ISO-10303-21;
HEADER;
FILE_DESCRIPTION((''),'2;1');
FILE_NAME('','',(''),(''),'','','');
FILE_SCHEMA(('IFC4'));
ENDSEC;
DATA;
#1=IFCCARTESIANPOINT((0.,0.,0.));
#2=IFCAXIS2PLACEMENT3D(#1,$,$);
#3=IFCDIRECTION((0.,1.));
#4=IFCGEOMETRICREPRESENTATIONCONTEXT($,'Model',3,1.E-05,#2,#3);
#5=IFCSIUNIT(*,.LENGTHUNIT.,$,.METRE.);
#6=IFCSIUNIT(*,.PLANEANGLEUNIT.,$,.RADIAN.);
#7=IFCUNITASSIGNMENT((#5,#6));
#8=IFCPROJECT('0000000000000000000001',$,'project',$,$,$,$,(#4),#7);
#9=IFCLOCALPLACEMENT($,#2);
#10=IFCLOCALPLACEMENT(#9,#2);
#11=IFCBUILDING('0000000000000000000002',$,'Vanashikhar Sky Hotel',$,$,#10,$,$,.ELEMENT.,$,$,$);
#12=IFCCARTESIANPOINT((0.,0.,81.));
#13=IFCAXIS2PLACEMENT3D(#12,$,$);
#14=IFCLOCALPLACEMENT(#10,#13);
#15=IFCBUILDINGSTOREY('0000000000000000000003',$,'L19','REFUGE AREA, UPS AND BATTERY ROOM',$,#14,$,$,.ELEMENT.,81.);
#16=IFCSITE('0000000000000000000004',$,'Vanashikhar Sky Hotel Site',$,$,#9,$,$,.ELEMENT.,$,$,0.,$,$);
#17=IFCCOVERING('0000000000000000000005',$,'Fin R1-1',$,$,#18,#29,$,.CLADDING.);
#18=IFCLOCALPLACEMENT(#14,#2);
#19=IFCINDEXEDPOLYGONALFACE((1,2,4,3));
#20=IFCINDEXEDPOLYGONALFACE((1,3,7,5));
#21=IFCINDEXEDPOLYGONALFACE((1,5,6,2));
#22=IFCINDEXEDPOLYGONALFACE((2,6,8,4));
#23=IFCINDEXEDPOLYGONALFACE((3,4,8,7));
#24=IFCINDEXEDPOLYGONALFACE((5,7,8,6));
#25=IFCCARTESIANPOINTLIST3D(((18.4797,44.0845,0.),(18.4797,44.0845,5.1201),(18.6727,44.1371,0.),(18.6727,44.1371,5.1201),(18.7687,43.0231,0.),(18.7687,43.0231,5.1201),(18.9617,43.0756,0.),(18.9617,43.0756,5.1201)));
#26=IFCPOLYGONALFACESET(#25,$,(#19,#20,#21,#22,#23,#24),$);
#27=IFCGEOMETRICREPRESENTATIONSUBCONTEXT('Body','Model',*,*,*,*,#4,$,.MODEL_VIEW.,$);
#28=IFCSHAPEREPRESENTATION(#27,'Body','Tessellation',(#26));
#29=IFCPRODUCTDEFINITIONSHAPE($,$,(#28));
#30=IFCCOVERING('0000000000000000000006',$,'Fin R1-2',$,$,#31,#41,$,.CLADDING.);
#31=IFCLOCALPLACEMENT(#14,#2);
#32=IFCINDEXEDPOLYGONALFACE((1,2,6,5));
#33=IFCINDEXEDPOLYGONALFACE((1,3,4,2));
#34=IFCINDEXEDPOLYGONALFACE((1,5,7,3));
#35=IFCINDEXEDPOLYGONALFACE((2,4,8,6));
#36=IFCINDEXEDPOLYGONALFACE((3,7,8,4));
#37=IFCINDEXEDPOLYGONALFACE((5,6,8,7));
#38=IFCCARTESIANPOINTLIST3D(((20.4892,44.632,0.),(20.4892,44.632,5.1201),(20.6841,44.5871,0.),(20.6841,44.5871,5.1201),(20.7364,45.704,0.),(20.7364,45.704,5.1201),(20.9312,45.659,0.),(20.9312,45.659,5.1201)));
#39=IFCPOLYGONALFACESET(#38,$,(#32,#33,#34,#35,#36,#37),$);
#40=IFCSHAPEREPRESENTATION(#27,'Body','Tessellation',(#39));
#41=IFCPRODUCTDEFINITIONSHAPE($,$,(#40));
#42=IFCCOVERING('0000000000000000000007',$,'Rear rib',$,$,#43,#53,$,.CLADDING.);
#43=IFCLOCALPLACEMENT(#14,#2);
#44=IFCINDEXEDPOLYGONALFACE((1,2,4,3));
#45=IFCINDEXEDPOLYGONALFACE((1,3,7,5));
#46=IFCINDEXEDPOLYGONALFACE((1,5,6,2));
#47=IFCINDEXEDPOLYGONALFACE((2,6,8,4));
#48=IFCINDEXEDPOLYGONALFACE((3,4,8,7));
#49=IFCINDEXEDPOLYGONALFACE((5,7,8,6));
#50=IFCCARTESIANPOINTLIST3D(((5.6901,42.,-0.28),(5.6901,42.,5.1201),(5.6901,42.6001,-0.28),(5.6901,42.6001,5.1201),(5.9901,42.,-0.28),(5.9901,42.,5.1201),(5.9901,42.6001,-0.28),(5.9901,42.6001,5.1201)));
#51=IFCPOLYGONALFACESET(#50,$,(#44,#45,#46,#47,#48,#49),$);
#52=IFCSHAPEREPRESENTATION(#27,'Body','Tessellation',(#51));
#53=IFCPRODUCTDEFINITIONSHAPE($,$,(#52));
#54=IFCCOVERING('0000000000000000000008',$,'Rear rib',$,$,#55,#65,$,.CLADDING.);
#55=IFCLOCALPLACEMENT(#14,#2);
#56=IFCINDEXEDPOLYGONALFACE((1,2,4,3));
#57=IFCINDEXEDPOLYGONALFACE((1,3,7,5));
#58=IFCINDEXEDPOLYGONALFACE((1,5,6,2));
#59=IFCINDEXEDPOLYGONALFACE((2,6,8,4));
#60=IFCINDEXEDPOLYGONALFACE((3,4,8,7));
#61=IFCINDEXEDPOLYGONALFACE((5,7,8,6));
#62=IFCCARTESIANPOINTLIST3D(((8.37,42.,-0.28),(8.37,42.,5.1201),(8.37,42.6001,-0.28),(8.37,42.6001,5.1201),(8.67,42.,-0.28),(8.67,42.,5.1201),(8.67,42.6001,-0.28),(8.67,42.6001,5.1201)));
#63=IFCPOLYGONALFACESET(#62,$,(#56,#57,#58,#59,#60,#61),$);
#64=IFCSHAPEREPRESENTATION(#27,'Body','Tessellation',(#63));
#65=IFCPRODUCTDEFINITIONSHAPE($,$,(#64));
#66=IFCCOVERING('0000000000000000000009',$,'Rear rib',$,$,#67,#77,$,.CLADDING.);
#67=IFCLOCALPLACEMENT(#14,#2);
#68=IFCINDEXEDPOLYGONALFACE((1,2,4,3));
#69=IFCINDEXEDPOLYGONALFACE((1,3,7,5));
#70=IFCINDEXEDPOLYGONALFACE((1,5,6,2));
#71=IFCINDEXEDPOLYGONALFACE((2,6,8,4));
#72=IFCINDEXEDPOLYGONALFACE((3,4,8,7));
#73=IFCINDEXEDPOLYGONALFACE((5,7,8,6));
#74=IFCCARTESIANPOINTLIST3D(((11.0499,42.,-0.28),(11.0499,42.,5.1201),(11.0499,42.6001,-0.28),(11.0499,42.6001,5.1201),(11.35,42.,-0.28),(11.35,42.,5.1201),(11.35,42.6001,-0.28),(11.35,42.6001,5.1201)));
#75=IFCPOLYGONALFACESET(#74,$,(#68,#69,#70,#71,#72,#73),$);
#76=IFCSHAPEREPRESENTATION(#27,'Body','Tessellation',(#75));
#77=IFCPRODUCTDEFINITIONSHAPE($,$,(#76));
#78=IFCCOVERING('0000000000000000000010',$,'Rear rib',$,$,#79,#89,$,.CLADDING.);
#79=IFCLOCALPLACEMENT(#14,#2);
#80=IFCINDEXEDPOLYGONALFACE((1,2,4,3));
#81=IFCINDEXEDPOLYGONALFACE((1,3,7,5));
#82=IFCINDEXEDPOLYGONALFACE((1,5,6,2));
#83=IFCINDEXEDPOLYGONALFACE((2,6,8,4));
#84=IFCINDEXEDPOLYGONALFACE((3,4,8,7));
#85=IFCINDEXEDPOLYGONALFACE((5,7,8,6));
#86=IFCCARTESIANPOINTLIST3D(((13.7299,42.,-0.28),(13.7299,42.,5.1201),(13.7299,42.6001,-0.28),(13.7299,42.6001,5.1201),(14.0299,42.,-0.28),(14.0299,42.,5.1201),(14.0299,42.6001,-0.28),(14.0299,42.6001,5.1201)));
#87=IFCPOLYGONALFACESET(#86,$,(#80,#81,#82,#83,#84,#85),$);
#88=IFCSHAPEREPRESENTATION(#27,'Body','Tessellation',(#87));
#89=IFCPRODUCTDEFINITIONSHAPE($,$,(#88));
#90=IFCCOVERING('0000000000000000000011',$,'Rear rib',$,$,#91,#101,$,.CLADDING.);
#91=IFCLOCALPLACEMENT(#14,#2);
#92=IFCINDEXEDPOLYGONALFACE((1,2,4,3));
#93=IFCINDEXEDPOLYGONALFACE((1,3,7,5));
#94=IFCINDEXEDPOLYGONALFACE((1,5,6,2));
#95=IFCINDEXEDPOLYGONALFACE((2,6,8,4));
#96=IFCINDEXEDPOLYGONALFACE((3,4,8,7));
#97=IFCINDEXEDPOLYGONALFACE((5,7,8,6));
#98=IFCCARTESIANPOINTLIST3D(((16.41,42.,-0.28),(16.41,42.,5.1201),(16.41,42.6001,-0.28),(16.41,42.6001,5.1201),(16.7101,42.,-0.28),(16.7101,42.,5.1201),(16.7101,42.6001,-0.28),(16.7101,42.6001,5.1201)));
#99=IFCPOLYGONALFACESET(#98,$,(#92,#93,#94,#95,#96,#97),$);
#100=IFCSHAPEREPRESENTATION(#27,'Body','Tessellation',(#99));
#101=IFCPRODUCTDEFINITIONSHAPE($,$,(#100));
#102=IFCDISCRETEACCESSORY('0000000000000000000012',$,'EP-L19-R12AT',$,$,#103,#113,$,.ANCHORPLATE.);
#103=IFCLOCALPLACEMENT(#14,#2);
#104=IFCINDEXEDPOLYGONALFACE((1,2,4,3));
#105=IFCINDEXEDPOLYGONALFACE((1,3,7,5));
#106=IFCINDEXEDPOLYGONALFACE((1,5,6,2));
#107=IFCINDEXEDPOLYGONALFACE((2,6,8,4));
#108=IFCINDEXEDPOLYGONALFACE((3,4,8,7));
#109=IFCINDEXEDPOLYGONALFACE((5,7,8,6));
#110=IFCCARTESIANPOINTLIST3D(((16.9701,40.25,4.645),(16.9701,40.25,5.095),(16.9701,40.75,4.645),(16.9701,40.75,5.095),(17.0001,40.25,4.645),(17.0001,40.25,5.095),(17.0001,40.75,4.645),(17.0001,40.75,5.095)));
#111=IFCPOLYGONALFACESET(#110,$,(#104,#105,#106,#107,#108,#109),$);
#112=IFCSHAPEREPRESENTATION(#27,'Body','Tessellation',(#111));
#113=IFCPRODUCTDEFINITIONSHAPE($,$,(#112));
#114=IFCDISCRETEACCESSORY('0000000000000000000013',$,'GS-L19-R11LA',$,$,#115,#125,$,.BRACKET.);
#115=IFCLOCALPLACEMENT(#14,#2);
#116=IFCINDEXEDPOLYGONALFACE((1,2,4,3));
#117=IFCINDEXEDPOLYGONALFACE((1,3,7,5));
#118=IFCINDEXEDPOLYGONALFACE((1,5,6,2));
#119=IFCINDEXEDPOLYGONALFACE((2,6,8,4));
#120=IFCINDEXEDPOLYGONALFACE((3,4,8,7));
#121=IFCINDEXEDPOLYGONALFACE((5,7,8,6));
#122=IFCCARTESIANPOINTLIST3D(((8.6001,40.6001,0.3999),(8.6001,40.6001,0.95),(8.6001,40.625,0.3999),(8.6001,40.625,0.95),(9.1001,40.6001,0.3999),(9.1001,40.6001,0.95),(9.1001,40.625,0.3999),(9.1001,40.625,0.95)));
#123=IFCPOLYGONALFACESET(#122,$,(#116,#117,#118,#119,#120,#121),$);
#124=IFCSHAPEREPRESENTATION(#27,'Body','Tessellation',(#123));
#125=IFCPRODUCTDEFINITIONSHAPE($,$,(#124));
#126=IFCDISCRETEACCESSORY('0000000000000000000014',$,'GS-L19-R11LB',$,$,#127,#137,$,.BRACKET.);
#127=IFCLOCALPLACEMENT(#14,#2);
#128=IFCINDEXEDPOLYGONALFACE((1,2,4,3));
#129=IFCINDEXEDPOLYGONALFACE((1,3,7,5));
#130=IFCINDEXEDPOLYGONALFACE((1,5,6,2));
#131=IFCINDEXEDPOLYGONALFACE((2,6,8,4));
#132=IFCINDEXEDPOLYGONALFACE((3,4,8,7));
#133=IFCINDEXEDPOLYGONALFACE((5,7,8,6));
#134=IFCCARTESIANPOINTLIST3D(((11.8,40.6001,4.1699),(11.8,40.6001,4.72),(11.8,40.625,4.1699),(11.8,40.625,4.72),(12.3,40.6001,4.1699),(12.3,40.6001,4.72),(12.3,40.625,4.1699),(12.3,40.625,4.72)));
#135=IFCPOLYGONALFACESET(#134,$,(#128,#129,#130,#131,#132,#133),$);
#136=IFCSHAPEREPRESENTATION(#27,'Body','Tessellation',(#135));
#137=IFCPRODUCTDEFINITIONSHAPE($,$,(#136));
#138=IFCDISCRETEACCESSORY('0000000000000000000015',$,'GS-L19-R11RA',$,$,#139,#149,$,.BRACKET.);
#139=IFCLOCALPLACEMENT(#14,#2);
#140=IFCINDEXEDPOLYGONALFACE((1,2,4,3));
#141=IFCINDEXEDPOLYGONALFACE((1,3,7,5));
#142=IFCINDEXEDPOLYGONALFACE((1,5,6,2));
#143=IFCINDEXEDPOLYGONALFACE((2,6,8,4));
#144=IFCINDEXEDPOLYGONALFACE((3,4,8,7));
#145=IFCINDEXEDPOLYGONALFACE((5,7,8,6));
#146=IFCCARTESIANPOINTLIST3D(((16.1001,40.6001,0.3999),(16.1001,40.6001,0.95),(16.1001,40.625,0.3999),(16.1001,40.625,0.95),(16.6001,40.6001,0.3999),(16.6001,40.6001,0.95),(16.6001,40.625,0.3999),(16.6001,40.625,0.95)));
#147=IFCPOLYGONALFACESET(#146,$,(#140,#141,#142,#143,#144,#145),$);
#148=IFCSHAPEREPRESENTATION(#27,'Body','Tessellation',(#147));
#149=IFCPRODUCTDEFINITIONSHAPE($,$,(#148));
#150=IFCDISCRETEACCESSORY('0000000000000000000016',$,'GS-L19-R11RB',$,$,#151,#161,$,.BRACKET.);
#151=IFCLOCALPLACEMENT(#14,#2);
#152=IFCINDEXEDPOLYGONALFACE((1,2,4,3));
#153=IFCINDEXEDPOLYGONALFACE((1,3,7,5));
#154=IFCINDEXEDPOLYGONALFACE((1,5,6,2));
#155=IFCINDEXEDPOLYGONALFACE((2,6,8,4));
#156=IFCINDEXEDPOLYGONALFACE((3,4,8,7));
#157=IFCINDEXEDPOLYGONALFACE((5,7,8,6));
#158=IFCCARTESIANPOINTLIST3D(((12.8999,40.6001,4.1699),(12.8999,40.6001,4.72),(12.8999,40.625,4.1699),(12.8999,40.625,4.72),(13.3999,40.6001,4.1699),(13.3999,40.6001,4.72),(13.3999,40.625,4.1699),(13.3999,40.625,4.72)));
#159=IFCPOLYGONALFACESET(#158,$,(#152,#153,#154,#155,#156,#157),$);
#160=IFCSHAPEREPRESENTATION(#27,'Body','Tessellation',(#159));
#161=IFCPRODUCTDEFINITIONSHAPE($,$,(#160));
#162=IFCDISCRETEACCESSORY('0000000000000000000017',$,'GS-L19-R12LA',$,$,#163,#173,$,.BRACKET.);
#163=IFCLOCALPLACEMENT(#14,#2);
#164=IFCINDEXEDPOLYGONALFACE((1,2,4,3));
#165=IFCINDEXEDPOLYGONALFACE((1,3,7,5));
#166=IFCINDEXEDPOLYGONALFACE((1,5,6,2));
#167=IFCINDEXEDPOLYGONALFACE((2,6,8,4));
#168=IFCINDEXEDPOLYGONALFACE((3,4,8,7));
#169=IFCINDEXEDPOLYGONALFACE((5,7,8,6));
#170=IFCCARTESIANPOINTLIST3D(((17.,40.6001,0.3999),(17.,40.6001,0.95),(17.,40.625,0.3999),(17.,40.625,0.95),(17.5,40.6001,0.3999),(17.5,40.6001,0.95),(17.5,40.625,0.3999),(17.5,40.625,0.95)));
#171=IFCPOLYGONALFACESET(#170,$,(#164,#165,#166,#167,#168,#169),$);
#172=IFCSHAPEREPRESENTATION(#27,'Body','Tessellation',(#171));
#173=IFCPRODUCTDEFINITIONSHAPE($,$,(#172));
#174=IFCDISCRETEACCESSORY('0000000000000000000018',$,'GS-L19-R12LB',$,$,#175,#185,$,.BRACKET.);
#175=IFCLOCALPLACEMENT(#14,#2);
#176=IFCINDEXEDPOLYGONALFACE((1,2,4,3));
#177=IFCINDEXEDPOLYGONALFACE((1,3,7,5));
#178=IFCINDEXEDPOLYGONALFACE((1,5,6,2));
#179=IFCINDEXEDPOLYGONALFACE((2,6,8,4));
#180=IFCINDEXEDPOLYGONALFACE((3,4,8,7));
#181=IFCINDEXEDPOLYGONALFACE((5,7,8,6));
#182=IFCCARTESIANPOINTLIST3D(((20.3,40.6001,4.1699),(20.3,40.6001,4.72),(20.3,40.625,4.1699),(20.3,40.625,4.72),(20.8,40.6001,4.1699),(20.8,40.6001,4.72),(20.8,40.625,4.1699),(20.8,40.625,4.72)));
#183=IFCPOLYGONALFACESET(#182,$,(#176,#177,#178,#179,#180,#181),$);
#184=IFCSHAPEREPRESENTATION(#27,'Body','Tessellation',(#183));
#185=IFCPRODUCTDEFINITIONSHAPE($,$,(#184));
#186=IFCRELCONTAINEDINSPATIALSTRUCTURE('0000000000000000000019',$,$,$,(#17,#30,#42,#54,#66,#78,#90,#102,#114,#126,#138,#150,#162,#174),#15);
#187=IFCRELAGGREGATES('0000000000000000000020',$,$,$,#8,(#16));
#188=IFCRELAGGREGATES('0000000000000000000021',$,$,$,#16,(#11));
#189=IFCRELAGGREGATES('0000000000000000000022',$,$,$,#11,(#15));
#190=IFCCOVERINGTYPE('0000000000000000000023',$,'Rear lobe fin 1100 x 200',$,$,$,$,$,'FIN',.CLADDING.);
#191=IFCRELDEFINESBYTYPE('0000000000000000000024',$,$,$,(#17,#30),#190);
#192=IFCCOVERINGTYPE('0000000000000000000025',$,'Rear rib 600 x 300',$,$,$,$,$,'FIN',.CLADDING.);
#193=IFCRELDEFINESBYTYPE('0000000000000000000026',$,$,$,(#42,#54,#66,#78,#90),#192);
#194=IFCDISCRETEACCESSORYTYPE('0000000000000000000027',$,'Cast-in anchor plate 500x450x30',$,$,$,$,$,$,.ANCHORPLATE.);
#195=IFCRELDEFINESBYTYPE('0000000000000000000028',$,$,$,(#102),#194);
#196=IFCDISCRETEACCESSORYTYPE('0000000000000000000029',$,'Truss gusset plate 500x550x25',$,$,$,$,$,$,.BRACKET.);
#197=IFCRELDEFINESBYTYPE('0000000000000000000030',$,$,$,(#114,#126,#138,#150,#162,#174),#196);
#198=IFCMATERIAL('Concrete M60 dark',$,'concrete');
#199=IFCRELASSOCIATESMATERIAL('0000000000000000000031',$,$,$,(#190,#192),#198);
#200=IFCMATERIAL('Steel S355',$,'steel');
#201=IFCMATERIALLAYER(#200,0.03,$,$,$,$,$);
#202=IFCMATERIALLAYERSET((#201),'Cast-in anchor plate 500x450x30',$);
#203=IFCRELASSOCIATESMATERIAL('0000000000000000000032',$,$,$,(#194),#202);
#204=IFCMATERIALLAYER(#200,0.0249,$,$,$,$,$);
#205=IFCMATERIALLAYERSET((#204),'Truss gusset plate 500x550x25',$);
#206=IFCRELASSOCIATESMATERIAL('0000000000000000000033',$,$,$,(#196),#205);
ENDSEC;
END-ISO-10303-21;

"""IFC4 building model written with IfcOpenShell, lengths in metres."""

from ifc_helpers import new_model, si_unit, direction, frame, origin, origin_2d, place, context, subcontext, project, spatial, rectangle, extrude, source, transform, mapped, material, layer, layer_set, material_profile, profile_set, type_object, element, save


model = new_model("IFC4")

# Units and contexts
model_context = context("Model", 3, precision=1e-05, world=origin(), true_north=direction((0.0, 1.0)))
body_context = subcontext(model_context, "Body", "Model", "MODEL_VIEW")
ifc_project = project(units=[si_unit("LENGTHUNIT", "METRE"), si_unit("PLANEANGLEUNIT", "RADIAN")], contexts=[model_context])

# Site, building, storey
site_placement = place(None, origin())
site = spatial("IfcSite", under=ifc_project, at=site_placement, Name="Vanashikhar Sky Hotel Site", CompositionType="ELEMENT", RefElevation=0.0)
building_placement = place(site_placement, origin())
building = spatial("IfcBuilding", under=site, at=building_placement, Name="Vanashikhar Sky Hotel", CompositionType="ELEMENT")
storey_placement = place(building_placement, frame((0.0, 0.0, 81.0)))
storey = spatial("IfcBuildingStorey", under=building, at=storey_placement, Name="L19", Description="REFUGE AREA, UPS AND BATTERY ROOM", CompositionType="ELEMENT", Elevation=81.0)

# Shared definitions
ifc_material_1 = material(Name="Steel S355", Category="steel")

# Coverings
ifc_material_2 = material(Name="Concrete M60 dark", Category="concrete")
ifc_material_profile_1 = material_profile(ifc_material_2, rectangle(XDim=1.1001, YDim=0.2, at=origin_2d()))
ifc_profile_set_1 = profile_set([ifc_material_profile_1], Name="Rear lobe fin 1100 x 200")
covering_type_1 = type_object("IfcCoveringType", Name="Rear lobe fin 1100 x 200", ElementType="FIN", PredefinedType="CLADDING", material=ifc_profile_set_1)
shared_shape_1 = source(origin(), body_context, "Body", "SweptSolid", [
    extrude(rectangle(XDim=1.1001, YDim=0.2, at=origin_2d()), origin(), (0.0, 0.0, 1.0), 5.1201),
])
for number, where, z_axis, x_axis, name in (
    (1, (18.7207, 43.5801, 0.0), (0.0, 0.0, 1.0), (-0.262711, 0.964874, 0.0), "Fin R1-1"),
    (2, (20.7102, 45.1455, 0.0), (0.0, 0.0, 1.0), (0.224645, 0.974441, 0.0), "Fin R1-2"),
):
    element("IfcCovering", number, at=place(storey_placement, frame(where, z_axis=z_axis, x_axis=x_axis)), inside=storey, type_object=covering_type_1, Name=name, PredefinedType="CLADDING", context=body_context, shape_type="MappedRepresentation", body=[
        mapped(shared_shape_1, transform((0.0, 0.0, 0.0), scale=1.0)),
    ])
ifc_material_profile_2 = material_profile(ifc_material_2, rectangle(XDim=0.6001, YDim=0.3, at=origin_2d()))
ifc_profile_set_2 = profile_set([ifc_material_profile_2], Name="Rear rib 600 x 300")
covering_type_2 = type_object("IfcCoveringType", Name="Rear rib 600 x 300", ElementType="FIN", PredefinedType="CLADDING", material=ifc_profile_set_2)
shared_shape_2 = source(origin(), body_context, "Body", "SweptSolid", [
    extrude(rectangle(XDim=0.6001, YDim=0.3, at=origin_2d()), origin(), (0.0, 0.0, 1.0), 5.4001),
])
for number, where, z_axis, x_axis, name in (
    (3, (5.8401, 42.3, -0.28), (0.0, 0.0, 1.0), (0.0, 1.0, 0.0), "Rear rib"),
    (4, (8.52, 42.3, -0.28), (0.0, 0.0, 1.0), (0.0, 1.0, 0.0), "Rear rib"),
    (5, (11.2, 42.3, -0.28), (0.0, 0.0, 1.0), (0.0, 1.0, 0.0), "Rear rib"),
    (6, (13.8799, 42.3, -0.28), (0.0, 0.0, 1.0), (0.0, 1.0, 0.0), "Rear rib"),
    (7, (16.5601, 42.3, -0.28), (0.0, 0.0, 1.0), (0.0, 1.0, 0.0), "Rear rib"),
):
    element("IfcCovering", number, at=place(storey_placement, frame(where, z_axis=z_axis, x_axis=x_axis)), inside=storey, type_object=covering_type_2, Name=name, PredefinedType="CLADDING", context=body_context, shape_type="MappedRepresentation", body=[
        mapped(shared_shape_2, transform((0.0, 0.0, 0.0), scale=1.0)),
    ])

# Discrete accessories
ifc_layer_1 = layer(ifc_material_1, 0.03)
ifc_layer_set_1 = layer_set([ifc_layer_1], Name="Cast-in anchor plate 500x450x30")
discrete_accessory_type_1 = type_object("IfcDiscreteAccessoryType", Name="Cast-in anchor plate 500x450x30", PredefinedType="ANCHORPLATE", material=ifc_layer_set_1)
shared_shape_3 = source(origin(), body_context, "Body", "SweptSolid", [
    extrude(rectangle(XDim=0.03, YDim=0.5, at=origin_2d()), origin(), (0.0, 0.0, 1.0), 0.45),
])
discrete_accessory_placement = place(storey_placement, frame((16.9851, 40.5, 4.645), z_axis=(0.0, 0.0, 1.0), x_axis=(1.0, 0.0, 0.0)))
element("IfcDiscreteAccessory", 8, at=discrete_accessory_placement, inside=storey, type_object=discrete_accessory_type_1, Name="EP-L19-R12AT", PredefinedType="ANCHORPLATE", context=body_context, shape_type="MappedRepresentation", body=[
    mapped(shared_shape_3, transform((0.0, 0.0, 0.0), scale=1.0)),
])
ifc_layer_2 = layer(ifc_material_1, 0.0249)
ifc_layer_set_2 = layer_set([ifc_layer_2], Name="Truss gusset plate 500x550x25")
discrete_accessory_type_2 = type_object("IfcDiscreteAccessoryType", Name="Truss gusset plate 500x550x25", PredefinedType="BRACKET", material=ifc_layer_set_2)
shared_shape_4 = source(origin(), body_context, "Body", "SweptSolid", [
    extrude(rectangle(XDim=0.5, YDim=0.0249, at=origin_2d()), origin(), (0.0, 0.0, 1.0), 0.55),
])
for number, where, z_axis, x_axis, name in (
    (9, (8.8501, 40.6125, 0.3999), (0.0, 0.0, 1.0), (1.0, 0.0, 0.0), "GS-L19-R11LA"),
    (10, (12.05, 40.6125, 4.1699), (0.0, 0.0, 1.0), (1.0, 0.0, 0.0), "GS-L19-R11LB"),
    (11, (16.3501, 40.6125, 0.3999), (0.0, 0.0, 1.0), (1.0, 0.0, 0.0), "GS-L19-R11RA"),
    (12, (13.1499, 40.6125, 4.1699), (0.0, 0.0, 1.0), (1.0, 0.0, 0.0), "GS-L19-R11RB"),
    (13, (17.25, 40.6125, 0.3999), (0.0, 0.0, 1.0), (1.0, 0.0, 0.0), "GS-L19-R12LA"),
    (14, (20.55, 40.6125, 4.1699), (0.0, 0.0, 1.0), (1.0, 0.0, 0.0), "GS-L19-R12LB"),
):
    element("IfcDiscreteAccessory", number, at=place(storey_placement, frame(where, z_axis=z_axis, x_axis=x_axis)), inside=storey, type_object=discrete_accessory_type_2, Name=name, PredefinedType="BRACKET", context=body_context, shape_type="MappedRepresentation", body=[
        mapped(shared_shape_4, transform((0.0, 0.0, 0.0), scale=1.0)),
    ])

save(model, "model.ifc")
